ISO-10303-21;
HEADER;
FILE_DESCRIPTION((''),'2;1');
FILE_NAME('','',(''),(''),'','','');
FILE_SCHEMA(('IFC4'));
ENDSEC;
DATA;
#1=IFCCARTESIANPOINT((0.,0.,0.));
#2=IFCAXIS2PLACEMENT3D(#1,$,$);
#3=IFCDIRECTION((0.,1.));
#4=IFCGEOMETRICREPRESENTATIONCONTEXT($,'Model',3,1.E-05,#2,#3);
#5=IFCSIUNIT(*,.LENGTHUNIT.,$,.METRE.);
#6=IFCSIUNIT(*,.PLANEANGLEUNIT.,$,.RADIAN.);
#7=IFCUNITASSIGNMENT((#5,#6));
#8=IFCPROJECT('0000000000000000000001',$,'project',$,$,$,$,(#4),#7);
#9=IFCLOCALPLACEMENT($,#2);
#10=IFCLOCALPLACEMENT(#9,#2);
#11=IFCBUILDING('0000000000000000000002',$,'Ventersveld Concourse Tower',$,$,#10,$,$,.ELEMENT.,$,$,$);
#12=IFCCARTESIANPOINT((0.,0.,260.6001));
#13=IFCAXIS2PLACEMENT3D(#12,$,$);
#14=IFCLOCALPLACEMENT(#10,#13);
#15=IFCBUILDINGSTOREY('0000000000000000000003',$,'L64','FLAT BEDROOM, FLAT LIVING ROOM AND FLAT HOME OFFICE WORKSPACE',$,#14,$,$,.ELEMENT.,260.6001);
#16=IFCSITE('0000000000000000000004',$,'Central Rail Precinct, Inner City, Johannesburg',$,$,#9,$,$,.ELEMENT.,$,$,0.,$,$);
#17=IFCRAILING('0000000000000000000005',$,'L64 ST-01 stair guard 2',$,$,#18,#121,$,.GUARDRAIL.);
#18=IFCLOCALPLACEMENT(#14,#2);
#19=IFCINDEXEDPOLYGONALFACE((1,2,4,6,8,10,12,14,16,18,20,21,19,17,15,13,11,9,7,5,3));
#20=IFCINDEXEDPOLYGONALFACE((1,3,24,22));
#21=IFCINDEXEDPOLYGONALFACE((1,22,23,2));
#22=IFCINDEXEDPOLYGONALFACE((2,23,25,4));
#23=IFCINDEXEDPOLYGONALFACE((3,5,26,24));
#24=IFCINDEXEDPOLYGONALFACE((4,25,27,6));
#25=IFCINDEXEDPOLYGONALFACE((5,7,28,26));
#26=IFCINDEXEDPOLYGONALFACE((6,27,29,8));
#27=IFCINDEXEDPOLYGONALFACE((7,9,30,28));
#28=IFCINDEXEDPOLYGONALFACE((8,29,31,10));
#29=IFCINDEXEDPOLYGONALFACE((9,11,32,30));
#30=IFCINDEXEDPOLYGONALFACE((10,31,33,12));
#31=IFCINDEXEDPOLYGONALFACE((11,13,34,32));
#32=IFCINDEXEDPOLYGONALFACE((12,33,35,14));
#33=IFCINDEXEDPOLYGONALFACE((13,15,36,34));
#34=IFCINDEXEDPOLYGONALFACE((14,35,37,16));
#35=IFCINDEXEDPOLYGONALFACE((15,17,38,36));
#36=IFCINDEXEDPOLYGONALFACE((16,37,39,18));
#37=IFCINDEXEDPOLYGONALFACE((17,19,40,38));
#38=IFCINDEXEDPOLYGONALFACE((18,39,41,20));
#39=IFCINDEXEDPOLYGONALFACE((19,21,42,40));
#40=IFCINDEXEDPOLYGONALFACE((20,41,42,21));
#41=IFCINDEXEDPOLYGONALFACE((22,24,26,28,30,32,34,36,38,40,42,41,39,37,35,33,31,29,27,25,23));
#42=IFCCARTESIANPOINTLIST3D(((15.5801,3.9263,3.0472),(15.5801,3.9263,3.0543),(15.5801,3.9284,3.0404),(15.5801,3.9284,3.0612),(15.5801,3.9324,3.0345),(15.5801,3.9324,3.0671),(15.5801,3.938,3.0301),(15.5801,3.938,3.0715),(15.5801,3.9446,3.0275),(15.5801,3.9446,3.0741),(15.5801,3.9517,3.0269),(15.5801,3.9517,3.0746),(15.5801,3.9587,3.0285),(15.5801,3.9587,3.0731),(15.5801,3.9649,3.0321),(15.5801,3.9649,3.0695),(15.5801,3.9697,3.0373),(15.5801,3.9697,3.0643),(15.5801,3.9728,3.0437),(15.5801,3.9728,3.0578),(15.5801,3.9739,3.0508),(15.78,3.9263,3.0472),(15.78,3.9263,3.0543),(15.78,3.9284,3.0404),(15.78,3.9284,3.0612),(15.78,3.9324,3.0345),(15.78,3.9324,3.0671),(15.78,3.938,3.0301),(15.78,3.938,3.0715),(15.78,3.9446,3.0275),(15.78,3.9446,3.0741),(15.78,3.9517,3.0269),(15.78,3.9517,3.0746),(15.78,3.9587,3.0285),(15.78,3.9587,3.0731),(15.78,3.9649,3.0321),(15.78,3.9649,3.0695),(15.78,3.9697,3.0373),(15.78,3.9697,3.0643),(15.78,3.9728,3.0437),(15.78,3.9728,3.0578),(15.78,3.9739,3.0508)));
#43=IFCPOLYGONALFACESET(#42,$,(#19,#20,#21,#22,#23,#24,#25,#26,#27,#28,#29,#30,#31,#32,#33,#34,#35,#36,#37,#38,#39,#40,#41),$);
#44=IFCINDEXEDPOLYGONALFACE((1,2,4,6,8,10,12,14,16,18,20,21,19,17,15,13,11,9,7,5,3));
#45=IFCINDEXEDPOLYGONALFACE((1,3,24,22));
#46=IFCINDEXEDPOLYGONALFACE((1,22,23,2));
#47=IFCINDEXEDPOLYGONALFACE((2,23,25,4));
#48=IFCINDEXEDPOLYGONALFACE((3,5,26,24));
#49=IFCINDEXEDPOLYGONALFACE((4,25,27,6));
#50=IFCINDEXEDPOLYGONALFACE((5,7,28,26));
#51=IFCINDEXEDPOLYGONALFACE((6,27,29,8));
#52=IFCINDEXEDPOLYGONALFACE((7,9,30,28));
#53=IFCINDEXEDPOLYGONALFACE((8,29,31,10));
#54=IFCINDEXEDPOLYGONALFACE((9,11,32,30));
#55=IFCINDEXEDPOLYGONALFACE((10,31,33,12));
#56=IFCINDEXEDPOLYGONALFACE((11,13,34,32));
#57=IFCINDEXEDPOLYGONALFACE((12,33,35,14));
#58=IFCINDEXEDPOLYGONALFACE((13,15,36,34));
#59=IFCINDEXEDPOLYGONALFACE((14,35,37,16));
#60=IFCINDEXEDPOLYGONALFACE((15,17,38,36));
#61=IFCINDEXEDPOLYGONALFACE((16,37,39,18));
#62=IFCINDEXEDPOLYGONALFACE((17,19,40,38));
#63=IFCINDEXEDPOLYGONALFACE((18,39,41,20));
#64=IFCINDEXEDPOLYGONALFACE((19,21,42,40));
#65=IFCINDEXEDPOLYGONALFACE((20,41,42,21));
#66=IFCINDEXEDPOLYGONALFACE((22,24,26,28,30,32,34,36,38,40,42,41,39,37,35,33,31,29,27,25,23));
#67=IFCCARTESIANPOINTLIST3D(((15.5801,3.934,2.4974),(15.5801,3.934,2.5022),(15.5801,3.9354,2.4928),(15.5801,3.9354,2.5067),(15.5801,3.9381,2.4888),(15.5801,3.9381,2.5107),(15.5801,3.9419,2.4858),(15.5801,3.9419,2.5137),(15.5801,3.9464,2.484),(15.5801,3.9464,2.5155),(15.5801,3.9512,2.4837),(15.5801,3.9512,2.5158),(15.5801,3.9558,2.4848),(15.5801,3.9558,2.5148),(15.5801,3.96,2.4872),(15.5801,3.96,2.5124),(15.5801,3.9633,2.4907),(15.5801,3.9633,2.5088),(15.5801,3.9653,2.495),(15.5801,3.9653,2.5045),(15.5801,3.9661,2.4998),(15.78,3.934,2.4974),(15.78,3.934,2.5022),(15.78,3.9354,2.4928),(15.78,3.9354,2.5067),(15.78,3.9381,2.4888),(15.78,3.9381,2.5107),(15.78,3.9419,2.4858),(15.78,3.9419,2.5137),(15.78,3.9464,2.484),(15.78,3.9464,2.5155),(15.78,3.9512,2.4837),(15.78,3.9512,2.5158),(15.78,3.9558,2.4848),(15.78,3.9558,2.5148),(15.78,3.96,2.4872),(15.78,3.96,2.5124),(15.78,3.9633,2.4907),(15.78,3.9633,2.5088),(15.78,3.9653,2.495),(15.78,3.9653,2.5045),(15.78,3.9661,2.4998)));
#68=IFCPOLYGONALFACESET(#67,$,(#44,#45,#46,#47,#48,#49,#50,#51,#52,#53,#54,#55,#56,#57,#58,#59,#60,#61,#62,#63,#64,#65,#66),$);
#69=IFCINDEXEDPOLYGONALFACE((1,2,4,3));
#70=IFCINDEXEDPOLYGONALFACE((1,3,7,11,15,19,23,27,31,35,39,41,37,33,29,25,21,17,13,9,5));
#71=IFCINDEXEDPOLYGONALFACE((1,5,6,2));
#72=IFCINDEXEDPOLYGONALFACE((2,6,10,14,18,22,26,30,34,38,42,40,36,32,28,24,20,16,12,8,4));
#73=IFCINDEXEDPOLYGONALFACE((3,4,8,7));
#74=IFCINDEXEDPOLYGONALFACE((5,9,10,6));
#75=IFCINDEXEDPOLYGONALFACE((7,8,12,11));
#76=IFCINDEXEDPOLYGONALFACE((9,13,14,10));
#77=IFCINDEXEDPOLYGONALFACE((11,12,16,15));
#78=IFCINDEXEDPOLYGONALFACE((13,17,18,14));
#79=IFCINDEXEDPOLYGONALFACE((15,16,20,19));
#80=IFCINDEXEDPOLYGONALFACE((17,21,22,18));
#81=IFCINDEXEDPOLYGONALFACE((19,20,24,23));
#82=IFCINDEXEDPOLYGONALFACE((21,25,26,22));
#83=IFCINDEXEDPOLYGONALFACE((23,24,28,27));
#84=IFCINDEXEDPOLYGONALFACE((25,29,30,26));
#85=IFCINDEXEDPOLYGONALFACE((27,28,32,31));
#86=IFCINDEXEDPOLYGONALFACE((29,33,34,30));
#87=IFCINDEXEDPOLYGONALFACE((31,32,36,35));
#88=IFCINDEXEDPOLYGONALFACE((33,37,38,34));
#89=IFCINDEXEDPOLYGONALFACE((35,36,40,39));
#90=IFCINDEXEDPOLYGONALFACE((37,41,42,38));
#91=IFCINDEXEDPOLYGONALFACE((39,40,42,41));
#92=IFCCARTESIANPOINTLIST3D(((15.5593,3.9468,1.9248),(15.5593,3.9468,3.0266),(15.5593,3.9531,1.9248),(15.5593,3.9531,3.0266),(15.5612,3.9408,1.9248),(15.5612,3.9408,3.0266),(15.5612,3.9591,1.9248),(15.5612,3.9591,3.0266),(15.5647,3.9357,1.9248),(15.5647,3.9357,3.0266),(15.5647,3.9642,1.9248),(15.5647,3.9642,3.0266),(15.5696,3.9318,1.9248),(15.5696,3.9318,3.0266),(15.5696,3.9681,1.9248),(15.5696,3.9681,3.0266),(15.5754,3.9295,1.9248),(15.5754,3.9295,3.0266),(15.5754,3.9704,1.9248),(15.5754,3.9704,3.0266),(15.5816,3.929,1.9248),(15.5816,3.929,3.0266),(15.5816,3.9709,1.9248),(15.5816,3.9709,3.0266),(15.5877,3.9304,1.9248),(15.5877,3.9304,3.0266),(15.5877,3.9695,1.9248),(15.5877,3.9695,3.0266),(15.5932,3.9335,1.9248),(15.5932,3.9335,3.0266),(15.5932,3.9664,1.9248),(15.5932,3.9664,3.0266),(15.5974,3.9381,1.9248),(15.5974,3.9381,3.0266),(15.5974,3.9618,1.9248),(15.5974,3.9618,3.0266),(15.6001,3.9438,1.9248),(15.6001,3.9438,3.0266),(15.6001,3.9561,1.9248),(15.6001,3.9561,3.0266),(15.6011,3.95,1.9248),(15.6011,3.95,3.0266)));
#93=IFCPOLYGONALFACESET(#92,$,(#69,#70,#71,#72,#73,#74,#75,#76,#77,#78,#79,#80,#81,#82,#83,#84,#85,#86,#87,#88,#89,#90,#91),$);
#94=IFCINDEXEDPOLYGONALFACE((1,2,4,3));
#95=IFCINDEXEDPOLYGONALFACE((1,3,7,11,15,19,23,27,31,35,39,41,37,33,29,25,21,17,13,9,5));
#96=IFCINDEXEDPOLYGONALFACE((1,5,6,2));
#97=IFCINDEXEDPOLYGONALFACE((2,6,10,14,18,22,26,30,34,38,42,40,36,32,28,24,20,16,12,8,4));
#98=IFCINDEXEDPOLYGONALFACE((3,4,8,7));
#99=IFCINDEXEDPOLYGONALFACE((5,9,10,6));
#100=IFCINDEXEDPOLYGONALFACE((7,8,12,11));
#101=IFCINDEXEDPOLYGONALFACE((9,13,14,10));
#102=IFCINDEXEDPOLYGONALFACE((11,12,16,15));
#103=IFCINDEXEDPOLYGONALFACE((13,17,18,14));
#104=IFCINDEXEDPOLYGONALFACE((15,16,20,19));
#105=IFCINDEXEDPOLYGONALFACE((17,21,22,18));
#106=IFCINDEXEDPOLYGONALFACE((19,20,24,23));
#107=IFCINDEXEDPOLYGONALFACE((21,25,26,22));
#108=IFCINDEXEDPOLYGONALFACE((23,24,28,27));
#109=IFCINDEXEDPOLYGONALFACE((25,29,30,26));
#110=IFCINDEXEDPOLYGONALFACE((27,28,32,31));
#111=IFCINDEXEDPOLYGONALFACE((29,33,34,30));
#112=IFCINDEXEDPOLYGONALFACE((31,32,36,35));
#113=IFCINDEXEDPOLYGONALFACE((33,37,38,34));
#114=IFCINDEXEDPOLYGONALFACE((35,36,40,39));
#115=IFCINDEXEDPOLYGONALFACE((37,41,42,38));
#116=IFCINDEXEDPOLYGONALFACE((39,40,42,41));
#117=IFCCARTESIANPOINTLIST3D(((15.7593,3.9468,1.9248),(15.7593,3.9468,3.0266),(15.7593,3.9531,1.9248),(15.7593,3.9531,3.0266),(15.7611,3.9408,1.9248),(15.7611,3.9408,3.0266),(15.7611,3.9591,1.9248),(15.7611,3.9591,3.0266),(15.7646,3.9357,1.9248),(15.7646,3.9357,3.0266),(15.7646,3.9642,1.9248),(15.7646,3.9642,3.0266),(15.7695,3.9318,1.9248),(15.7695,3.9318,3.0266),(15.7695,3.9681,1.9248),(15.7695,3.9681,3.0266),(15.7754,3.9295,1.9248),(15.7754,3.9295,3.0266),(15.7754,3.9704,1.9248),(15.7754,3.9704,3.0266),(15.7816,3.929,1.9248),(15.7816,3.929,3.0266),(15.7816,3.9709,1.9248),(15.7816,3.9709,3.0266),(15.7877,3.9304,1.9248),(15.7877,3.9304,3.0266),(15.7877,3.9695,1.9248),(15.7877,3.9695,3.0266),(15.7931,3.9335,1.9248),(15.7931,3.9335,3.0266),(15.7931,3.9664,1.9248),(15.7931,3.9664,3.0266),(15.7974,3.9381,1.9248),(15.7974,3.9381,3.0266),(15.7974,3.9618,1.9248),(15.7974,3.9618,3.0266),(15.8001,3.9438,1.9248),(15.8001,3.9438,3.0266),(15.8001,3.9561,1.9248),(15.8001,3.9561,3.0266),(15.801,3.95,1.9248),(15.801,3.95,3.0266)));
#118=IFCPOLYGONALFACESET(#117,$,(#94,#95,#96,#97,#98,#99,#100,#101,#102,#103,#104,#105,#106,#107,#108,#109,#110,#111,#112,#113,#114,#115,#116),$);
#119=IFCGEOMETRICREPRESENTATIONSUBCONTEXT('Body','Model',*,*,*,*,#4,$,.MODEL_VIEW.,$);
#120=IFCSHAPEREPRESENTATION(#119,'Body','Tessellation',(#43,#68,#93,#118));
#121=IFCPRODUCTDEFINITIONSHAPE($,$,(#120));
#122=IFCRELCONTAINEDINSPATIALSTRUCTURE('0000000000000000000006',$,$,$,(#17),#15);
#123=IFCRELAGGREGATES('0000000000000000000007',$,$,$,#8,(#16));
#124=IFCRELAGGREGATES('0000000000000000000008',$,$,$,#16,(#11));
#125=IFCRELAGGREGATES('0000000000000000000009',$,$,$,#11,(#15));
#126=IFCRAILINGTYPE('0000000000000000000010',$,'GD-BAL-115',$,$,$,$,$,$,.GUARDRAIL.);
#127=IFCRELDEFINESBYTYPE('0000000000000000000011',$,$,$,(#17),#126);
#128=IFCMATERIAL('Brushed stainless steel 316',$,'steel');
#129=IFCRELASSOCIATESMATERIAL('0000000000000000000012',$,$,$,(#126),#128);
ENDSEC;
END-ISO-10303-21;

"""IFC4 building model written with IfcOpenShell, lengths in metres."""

from ifc_helpers import new_model, si_unit, direction, frame, origin, origin_2d, place, context, subcontext, project, spatial, circle, extrude, material, type_object, element, save


model = new_model("IFC4")

# Units and contexts
model_context = context("Model", 3, precision=1e-05, world=origin(), true_north=direction((0.0, 1.0)))
body_context = subcontext(model_context, "Body", "Model", "MODEL_VIEW")
ifc_project = project(units=[si_unit("LENGTHUNIT", "METRE"), si_unit("PLANEANGLEUNIT", "RADIAN")], contexts=[model_context])

# Site, building, storey
site_placement = place(None, origin())
site = spatial("IfcSite", under=ifc_project, at=site_placement, Name="Central Rail Precinct, Inner City, Johannesburg", CompositionType="ELEMENT", RefElevation=0.0)
building_placement = place(site_placement, origin())
building = spatial("IfcBuilding", under=site, at=building_placement, Name="Ventersveld Concourse Tower", CompositionType="ELEMENT")
storey_placement = place(building_placement, frame((0.0, 0.0, 260.6001)))
storey = spatial("IfcBuildingStorey", under=building, at=storey_placement, Name="L64", Description="FLAT BEDROOM, FLAT LIVING ROOM AND FLAT HOME OFFICE WORKSPACE", CompositionType="ELEMENT", Elevation=260.6001)

# Railing
ifc_material_1 = material(Name="Brushed stainless steel 316", Category="steel")
railing_type_1 = type_object("IfcRailingType", Name="GD-BAL-115", PredefinedType="GUARDRAIL", material=ifc_material_1)
railing_1_placement = place(storey_placement, frame((15.5801, 3.95, 1.9248)))
element("IfcRailing", 1, at=railing_1_placement, inside=storey, type_object=railing_type_1, Name="L64 ST-01 stair guard 2", PredefinedType="GUARDRAIL", context=body_context, shape_type="SweptSolid", body=[
    extrude(circle(Radius=0.0239, at=origin_2d()), frame((0.0, 0.0, 1.126), z_axis=(1.0, 0.0, 0.0), x_axis=(0.0, 1.0, 0.0)), (0.0, 0.0, 1.0), 0.2),
    extrude(circle(Radius=0.0161, at=origin_2d()), frame((0.0, 0.0, 0.575), z_axis=(1.0, 0.0, 0.0), x_axis=(0.0, 1.0, 0.0)), (0.0, 0.0, 1.0), 0.2),
    extrude(circle(Radius=0.021, at=origin_2d()), origin(), (0.0, 0.0, 1.0), 1.1018),
    extrude(circle(Radius=0.021, at=origin_2d()), frame((0.2, 0.0, 0.0)), (0.0, 0.0, 1.0), 1.1018),
])

save(model, "model.ifc")
